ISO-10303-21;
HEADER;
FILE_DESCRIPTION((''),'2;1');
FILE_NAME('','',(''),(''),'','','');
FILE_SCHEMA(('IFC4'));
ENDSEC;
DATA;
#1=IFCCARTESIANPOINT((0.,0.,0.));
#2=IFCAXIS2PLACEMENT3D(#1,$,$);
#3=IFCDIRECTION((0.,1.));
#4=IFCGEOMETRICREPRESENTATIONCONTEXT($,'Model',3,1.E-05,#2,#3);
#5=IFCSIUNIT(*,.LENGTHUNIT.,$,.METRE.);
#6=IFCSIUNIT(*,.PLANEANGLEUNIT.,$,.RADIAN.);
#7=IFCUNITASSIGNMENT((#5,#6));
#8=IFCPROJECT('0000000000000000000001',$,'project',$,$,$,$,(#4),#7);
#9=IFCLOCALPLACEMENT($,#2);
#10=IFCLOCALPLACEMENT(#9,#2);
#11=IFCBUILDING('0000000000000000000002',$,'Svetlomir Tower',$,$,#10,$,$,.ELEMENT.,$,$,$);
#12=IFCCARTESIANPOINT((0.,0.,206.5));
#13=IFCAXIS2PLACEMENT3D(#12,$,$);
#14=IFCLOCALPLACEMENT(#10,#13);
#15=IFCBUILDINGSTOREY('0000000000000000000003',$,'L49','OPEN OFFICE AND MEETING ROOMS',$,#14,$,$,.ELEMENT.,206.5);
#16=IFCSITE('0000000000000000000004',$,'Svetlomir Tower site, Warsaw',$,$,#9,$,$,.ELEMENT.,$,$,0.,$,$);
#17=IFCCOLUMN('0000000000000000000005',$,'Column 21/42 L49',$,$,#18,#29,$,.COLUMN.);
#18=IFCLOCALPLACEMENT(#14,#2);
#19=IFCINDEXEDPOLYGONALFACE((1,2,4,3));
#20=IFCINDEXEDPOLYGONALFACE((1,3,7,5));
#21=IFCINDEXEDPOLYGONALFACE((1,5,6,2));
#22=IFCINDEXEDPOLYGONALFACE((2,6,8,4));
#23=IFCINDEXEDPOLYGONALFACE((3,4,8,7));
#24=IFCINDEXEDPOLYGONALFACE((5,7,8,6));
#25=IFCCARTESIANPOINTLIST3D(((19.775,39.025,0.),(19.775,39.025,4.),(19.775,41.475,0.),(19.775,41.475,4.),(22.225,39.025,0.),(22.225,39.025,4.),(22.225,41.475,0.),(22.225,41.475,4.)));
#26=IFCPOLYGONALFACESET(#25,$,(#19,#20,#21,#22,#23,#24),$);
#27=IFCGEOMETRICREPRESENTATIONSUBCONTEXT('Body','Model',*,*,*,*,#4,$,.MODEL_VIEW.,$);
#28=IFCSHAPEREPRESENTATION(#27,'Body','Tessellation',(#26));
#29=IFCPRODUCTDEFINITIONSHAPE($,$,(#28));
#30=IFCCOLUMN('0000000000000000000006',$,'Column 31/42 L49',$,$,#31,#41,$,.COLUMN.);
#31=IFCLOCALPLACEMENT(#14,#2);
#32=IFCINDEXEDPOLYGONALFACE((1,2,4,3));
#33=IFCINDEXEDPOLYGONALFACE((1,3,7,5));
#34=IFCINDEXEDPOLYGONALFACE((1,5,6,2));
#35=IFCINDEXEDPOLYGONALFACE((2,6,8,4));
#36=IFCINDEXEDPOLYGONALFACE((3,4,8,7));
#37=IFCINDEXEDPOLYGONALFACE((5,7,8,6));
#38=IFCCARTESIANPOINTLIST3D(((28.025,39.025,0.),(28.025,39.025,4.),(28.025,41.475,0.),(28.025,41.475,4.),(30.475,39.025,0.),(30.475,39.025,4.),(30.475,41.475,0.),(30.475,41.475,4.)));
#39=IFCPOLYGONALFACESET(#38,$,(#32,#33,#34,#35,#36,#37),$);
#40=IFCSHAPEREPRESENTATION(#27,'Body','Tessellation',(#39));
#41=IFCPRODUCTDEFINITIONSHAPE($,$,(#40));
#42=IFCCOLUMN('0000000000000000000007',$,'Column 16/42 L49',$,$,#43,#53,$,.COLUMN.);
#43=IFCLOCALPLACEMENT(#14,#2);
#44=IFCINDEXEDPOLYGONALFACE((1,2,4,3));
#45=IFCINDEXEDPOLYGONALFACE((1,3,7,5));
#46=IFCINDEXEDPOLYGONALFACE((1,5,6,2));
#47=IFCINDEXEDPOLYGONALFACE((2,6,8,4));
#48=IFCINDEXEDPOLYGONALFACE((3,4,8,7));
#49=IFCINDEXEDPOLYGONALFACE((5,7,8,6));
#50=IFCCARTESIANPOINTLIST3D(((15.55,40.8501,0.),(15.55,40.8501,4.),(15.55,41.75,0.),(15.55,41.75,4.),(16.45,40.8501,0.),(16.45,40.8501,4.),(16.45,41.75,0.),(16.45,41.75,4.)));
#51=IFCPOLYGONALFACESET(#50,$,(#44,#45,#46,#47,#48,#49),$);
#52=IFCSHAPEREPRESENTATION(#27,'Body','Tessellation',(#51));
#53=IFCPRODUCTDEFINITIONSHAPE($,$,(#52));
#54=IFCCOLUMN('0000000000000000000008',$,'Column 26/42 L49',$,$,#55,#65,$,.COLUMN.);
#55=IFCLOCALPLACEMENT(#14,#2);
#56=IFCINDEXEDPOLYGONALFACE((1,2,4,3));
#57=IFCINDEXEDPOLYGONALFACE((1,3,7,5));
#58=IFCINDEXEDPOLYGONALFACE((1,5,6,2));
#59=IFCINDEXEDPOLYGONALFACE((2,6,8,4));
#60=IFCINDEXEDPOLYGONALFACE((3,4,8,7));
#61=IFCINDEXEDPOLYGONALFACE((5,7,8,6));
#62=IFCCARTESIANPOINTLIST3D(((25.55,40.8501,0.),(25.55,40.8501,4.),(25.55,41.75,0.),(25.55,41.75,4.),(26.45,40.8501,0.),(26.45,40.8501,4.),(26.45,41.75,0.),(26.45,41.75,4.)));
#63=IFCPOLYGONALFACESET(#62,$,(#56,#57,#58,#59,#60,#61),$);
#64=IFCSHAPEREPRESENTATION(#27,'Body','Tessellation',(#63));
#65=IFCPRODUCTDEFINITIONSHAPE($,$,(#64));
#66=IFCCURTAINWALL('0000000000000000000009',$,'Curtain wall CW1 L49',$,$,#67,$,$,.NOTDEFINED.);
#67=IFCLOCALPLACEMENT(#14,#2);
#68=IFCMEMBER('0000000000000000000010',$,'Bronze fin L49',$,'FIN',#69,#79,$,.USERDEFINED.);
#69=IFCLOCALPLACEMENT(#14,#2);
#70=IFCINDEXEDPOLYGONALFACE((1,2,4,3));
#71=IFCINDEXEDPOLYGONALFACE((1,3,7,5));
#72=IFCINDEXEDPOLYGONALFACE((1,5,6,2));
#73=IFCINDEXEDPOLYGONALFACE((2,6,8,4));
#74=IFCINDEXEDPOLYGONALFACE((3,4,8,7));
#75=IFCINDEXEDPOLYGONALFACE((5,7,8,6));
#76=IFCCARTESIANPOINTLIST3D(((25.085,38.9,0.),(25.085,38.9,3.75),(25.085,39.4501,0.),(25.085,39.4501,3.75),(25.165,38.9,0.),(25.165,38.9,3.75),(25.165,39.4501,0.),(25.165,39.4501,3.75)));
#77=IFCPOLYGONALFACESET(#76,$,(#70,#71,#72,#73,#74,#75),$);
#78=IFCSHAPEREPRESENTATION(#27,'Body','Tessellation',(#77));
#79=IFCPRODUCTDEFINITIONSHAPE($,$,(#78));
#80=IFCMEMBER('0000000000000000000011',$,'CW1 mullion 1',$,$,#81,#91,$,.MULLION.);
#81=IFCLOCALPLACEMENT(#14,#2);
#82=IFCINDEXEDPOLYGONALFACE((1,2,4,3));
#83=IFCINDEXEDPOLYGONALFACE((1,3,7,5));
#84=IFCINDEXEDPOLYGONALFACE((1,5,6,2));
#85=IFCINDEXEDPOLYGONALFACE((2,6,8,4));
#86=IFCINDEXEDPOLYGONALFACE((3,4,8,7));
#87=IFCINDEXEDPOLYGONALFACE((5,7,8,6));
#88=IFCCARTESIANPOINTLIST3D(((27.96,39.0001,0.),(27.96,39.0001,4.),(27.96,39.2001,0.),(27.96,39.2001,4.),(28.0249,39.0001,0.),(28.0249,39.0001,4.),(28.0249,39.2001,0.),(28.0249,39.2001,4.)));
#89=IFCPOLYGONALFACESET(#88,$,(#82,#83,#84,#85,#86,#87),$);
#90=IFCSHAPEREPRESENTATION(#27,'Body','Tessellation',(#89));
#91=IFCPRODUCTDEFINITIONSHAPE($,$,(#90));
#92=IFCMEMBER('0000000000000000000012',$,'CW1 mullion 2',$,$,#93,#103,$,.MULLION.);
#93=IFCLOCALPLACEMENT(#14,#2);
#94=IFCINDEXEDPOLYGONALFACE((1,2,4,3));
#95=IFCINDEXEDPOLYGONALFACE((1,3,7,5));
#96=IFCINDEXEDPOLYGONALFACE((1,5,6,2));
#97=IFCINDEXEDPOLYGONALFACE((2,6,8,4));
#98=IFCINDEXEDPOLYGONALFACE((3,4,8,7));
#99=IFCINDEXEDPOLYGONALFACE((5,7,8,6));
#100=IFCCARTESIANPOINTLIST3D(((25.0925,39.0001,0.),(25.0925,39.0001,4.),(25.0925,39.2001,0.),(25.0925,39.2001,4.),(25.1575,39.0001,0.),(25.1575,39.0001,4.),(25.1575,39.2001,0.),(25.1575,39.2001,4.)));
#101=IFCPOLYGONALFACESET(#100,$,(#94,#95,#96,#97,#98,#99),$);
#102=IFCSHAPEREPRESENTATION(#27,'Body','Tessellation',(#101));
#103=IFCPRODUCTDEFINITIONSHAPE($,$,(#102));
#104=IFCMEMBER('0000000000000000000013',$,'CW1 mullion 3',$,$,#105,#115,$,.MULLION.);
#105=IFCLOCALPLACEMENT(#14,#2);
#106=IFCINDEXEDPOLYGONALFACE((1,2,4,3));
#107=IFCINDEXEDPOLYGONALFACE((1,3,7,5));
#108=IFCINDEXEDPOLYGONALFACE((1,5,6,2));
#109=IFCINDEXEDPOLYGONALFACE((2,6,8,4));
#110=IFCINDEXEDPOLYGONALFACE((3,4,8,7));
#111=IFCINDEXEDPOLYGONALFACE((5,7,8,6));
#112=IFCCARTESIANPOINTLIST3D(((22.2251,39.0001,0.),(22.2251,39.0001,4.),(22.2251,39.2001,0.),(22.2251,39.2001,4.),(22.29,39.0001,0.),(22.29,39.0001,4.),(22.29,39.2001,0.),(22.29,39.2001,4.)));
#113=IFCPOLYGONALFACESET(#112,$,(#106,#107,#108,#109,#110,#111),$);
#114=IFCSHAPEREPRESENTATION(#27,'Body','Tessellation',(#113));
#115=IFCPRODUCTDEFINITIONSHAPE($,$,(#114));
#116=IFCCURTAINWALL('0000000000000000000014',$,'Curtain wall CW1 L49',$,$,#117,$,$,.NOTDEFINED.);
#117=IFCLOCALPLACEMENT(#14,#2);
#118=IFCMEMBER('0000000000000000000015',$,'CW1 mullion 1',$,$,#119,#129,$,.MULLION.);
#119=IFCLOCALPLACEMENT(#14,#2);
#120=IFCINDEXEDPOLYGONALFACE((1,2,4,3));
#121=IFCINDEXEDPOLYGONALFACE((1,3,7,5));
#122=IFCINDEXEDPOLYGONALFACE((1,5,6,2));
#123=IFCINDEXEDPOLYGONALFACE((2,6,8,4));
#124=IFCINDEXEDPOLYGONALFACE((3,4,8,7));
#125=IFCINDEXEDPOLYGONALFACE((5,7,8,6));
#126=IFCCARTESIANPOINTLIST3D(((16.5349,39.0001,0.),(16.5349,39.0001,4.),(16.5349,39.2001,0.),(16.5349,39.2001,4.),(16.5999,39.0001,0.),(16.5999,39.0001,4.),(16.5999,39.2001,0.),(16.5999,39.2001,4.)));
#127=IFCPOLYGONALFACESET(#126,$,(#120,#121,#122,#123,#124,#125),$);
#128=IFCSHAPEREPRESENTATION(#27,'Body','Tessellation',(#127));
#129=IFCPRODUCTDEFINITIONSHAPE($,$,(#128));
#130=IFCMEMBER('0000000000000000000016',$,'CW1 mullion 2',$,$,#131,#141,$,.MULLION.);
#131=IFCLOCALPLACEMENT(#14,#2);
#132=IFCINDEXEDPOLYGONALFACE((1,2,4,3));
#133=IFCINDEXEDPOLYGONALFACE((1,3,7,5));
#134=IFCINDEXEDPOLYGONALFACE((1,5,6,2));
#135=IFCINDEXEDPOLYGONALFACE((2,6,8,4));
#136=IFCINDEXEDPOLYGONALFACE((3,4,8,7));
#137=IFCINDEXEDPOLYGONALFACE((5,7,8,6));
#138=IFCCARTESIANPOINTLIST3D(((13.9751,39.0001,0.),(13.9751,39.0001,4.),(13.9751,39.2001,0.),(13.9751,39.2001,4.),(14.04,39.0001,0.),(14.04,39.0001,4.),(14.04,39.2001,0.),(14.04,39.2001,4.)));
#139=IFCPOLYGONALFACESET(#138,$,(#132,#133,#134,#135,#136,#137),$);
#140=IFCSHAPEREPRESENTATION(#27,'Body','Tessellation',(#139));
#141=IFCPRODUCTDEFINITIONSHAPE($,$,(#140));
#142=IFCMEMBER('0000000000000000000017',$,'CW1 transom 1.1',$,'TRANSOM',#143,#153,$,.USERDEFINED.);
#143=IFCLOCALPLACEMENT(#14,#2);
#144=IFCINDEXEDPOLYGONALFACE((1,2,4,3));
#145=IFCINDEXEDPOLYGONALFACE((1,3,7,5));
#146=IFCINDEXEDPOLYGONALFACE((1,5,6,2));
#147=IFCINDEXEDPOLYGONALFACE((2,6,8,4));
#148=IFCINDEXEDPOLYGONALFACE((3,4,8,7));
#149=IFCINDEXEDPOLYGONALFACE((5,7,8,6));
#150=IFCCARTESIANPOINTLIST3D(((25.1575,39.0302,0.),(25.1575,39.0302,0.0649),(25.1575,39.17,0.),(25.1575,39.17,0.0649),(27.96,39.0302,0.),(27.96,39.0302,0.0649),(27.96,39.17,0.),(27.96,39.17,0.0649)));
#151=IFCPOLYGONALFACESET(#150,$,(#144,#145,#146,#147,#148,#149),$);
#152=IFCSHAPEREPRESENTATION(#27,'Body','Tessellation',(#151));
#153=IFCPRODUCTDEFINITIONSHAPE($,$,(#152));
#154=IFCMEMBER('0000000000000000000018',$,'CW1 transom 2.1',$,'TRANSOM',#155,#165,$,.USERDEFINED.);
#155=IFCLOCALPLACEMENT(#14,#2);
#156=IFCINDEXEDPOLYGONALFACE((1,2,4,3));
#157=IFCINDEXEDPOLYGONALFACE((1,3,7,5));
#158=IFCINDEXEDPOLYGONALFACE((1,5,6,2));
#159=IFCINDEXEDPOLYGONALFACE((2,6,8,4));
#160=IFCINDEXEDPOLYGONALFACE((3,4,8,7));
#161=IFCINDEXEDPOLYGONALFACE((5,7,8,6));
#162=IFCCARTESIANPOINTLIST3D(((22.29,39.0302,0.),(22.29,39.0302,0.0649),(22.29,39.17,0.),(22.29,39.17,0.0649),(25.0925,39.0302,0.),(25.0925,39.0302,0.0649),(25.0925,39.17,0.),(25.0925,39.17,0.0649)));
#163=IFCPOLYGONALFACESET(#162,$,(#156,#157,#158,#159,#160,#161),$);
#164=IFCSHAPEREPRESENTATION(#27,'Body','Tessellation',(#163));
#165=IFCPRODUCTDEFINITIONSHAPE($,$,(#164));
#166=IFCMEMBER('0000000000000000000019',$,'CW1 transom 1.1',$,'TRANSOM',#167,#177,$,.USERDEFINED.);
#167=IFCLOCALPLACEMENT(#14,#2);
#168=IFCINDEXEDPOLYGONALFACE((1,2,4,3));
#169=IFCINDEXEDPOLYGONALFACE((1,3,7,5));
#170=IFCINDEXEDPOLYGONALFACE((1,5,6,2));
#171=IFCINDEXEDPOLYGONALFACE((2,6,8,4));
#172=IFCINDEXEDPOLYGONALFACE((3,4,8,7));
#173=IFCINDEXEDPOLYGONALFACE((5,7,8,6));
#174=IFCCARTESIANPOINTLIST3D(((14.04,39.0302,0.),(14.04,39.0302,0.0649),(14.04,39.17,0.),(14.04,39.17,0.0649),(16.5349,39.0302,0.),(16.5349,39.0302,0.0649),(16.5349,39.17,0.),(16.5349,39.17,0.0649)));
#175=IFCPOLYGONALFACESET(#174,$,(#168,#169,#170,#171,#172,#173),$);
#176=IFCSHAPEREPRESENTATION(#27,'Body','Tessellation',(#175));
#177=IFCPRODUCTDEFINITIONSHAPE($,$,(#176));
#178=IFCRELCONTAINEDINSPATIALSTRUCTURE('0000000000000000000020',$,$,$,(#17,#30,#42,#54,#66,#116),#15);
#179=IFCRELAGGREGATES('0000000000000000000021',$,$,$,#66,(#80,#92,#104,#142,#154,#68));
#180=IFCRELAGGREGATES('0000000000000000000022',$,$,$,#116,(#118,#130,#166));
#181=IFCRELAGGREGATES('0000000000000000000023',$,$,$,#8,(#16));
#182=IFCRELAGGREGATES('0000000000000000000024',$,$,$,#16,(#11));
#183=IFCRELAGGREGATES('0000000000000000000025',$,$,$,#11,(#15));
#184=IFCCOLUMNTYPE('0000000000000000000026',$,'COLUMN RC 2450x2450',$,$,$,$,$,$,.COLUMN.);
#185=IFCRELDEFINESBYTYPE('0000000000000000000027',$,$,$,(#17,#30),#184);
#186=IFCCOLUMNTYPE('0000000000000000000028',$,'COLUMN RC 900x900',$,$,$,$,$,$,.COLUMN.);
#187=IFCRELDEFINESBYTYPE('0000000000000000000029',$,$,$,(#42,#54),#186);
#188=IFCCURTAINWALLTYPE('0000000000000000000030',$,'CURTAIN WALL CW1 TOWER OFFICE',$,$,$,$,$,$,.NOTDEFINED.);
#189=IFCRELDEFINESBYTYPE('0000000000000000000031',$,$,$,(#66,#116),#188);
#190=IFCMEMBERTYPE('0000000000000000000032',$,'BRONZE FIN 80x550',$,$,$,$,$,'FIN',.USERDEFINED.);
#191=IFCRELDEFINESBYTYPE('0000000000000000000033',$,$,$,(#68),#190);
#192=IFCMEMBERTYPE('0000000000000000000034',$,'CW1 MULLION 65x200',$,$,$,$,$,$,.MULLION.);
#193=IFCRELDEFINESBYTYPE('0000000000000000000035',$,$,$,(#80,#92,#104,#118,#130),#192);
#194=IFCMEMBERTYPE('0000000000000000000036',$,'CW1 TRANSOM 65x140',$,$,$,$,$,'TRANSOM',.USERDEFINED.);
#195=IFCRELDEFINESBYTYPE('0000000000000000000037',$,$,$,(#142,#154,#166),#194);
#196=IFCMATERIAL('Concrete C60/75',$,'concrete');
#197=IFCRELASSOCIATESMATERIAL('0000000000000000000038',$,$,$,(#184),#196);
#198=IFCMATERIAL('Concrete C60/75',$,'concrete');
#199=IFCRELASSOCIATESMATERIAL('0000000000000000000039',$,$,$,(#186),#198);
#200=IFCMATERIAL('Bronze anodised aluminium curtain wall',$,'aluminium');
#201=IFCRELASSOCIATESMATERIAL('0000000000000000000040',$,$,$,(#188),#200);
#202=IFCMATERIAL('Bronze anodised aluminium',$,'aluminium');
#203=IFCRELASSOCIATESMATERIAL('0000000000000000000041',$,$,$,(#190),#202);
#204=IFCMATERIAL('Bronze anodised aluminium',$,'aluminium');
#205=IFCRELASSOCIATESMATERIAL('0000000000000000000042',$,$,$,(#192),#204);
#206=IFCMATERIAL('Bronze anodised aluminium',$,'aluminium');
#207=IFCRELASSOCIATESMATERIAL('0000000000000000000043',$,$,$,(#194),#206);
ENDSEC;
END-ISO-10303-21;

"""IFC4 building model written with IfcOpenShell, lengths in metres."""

from ifc_helpers import new_model, si_unit, direction, frame, origin, origin_2d, place, context, subcontext, project, spatial, rectangle, extrude, material, material_profile, profile_set, type_object, element, aggregate, save


model = new_model("IFC4")

# Units and contexts
model_context = context("Model", 3, precision=1e-05, world=origin(), true_north=direction((0.0, 1.0)))
body_context = subcontext(model_context, "Body", "Model", "MODEL_VIEW")
ifc_project = project(units=[si_unit("LENGTHUNIT", "METRE"), si_unit("PLANEANGLEUNIT", "RADIAN")], contexts=[model_context])

# Site, building, storey
site_placement = place(None, origin())
site = spatial("IfcSite", under=ifc_project, at=site_placement, Name="Svetlomir Tower site, Warsaw", CompositionType="ELEMENT", RefElevation=0.0)
building_placement = place(site_placement, origin())
building = spatial("IfcBuilding", under=site, at=building_placement, Name="Svetlomir Tower", CompositionType="ELEMENT")
storey_placement = place(building_placement, frame((0.0, 0.0, 206.5)))
storey = spatial("IfcBuildingStorey", under=building, at=storey_placement, Name="L49", Description="OPEN OFFICE AND MEETING ROOMS", CompositionType="ELEMENT", Elevation=206.5)

# Columns
ifc_material_1 = material(Name="Concrete C60/75", Category="concrete")
ifc_material_profile_1 = material_profile(ifc_material_1, rectangle(XDim=2.45, YDim=2.45, at=origin_2d()), Name="RC 2450x2450")
ifc_profile_set_1 = profile_set([ifc_material_profile_1], Name="Concrete C60/75")
column_type_1 = type_object("IfcColumnType", Name="COLUMN RC 2450x2450", PredefinedType="COLUMN", material=ifc_profile_set_1)
for number, where, z_axis, x_axis, name in (
    (1, (21.0, 40.25, 0.0), (0.0, 0.0, 1.0), (1.0, 0.0, 0.0), "Column 21/42 L49"),
    (2, (29.25, 40.25, 0.0), (0.0, 0.0, 1.0), (1.0, 0.0, 0.0), "Column 31/42 L49"),
):
    element("IfcColumn", number, at=place(storey_placement, frame(where, z_axis=z_axis, x_axis=x_axis)), inside=storey, type_object=column_type_1, Name=name, PredefinedType="COLUMN", context=body_context, shape_type="SweptSolid", body=[
        extrude(rectangle(XDim=2.45, YDim=2.45, at=origin_2d()), origin(), (0.0, 0.0, 1.0), 4.0),
    ])
ifc_material_2 = material(Name="Concrete C60/75", Category="concrete")
ifc_material_profile_2 = material_profile(ifc_material_2, rectangle(XDim=0.8999, YDim=0.8999, at=origin_2d()), Name="RC 900x900")
ifc_profile_set_2 = profile_set([ifc_material_profile_2], Name="Concrete C60/75")
column_type_2 = type_object("IfcColumnType", Name="COLUMN RC 900x900", PredefinedType="COLUMN", material=ifc_profile_set_2)
for number, where, z_axis, x_axis, name in (
    (3, (16.0, 41.3, 0.0), (0.0, 0.0, 1.0), (1.0, 0.0, 0.0), "Column 16/42 L49"),
    (4, (26.0, 41.3, 0.0), (0.0, 0.0, 1.0), (1.0, 0.0, 0.0), "Column 26/42 L49"),
):
    element("IfcColumn", number, at=place(storey_placement, frame(where, z_axis=z_axis, x_axis=x_axis)), inside=storey, type_object=column_type_2, Name=name, PredefinedType="COLUMN", context=body_context, shape_type="SweptSolid", body=[
        extrude(rectangle(XDim=0.8999, YDim=0.8999, at=origin_2d()), origin(), (0.0, 0.0, 1.0), 4.0),
    ])

# Curtain walls, members
ifc_material_3 = material(Name="Bronze anodised aluminium curtain wall", Category="aluminium")
curtain_wall_type = type_object("IfcCurtainWallType", Name="CURTAIN WALL CW1 TOWER OFFICE", PredefinedType="NOTDEFINED", material=ifc_material_3)
curtain_wall_1_placement = place(storey_placement, origin())
curtain_wall_1 = element("IfcCurtainWall", 5, at=curtain_wall_1_placement, inside=storey, type_object=curtain_wall_type, Name="Curtain wall CW1 L49", PredefinedType="NOTDEFINED")
ifc_material_4 = material(Name="Bronze anodised aluminium", Category="aluminium")
ifc_material_profile_3 = material_profile(ifc_material_4, rectangle(XDim=0.0801, YDim=0.55, at=origin_2d()), Name="FIN 80x550")
ifc_profile_set_3 = profile_set([ifc_material_profile_3], Name="Bronze anodised aluminium 6063-T6")
member_type_1 = type_object("IfcMemberType", Name="BRONZE FIN 80x550", ElementType="FIN", PredefinedType="USERDEFINED", material=ifc_profile_set_3)
member_1_placement = place(storey_placement, frame((25.125, 39.175, 0.0), z_axis=(0.0, 0.0, 1.0), x_axis=(1.0, 0.0, 0.0)))
member_1 = element("IfcMember", 6, at=member_1_placement, type_object=member_type_1, Name="Bronze fin L49", ObjectType="FIN", PredefinedType="USERDEFINED", context=body_context, shape_type="SweptSolid", body=[
    extrude(rectangle(XDim=0.0801, YDim=0.55, at=origin_2d()), origin(), (0.0, 0.0, 1.0), 3.75),
])
ifc_material_5 = material(Name="Bronze anodised aluminium", Category="aluminium")
ifc_material_profile_4 = material_profile(ifc_material_5, rectangle(XDim=0.0649, YDim=0.2, at=origin_2d()), Name="AL 65x200")
ifc_profile_set_4 = profile_set([ifc_material_profile_4], Name="Bronze anodised aluminium 6063-T6")
member_type_2 = type_object("IfcMemberType", Name="CW1 MULLION 65x200", PredefinedType="MULLION", material=ifc_profile_set_4)
member_2_placement = place(storey_placement, frame((27.9924, 39.1001, 0.0), z_axis=(0.0, 0.0, 1.0), x_axis=(-1.0, 0.0, 0.0)))
member_2 = element("IfcMember", 7, at=member_2_placement, type_object=member_type_2, Name="CW1 mullion 1", PredefinedType="MULLION", context=body_context, shape_type="SweptSolid", body=[
    extrude(rectangle(XDim=0.0649, YDim=0.2, at=origin_2d()), origin(), (0.0, 0.0, 1.0), 4.0),
])
member_3_placement = place(storey_placement, frame((25.125, 39.1001, 0.0), z_axis=(0.0, 0.0, 1.0), x_axis=(-1.0, 0.0, 0.0)))
member_3 = element("IfcMember", 8, at=member_3_placement, type_object=member_type_2, Name="CW1 mullion 2", PredefinedType="MULLION", context=body_context, shape_type="SweptSolid", body=[
    extrude(rectangle(XDim=0.0649, YDim=0.2, at=origin_2d()), origin(), (0.0, 0.0, 1.0), 4.0),
])
member_4_placement = place(storey_placement, frame((22.2576, 39.1001, 0.0), z_axis=(0.0, 0.0, 1.0), x_axis=(-1.0, 0.0, 0.0)))
member_4 = element("IfcMember", 9, at=member_4_placement, type_object=member_type_2, Name="CW1 mullion 3", PredefinedType="MULLION", context=body_context, shape_type="SweptSolid", body=[
    extrude(rectangle(XDim=0.0649, YDim=0.2, at=origin_2d()), origin(), (0.0, 0.0, 1.0), 4.0),
])
curtain_wall_2_placement = place(storey_placement, origin())
curtain_wall_2 = element("IfcCurtainWall", 10, at=curtain_wall_2_placement, inside=storey, type_object=curtain_wall_type, Name="Curtain wall CW1 L49", PredefinedType="NOTDEFINED")
member_5_placement = place(storey_placement, frame((16.5674, 39.1001, 0.0), z_axis=(0.0, 0.0, 1.0), x_axis=(-1.0, 0.0, 0.0)))
member_5 = element("IfcMember", 11, at=member_5_placement, type_object=member_type_2, Name="CW1 mullion 1", PredefinedType="MULLION", context=body_context, shape_type="SweptSolid", body=[
    extrude(rectangle(XDim=0.0649, YDim=0.2, at=origin_2d()), origin(), (0.0, 0.0, 1.0), 4.0),
])
member_6_placement = place(storey_placement, frame((14.0076, 39.1001, 0.0), z_axis=(0.0, 0.0, 1.0), x_axis=(-1.0, 0.0, 0.0)))
member_6 = element("IfcMember", 12, at=member_6_placement, type_object=member_type_2, Name="CW1 mullion 2", PredefinedType="MULLION", context=body_context, shape_type="SweptSolid", body=[
    extrude(rectangle(XDim=0.0649, YDim=0.2, at=origin_2d()), origin(), (0.0, 0.0, 1.0), 4.0),
])

# Members
ifc_material_6 = material(Name="Bronze anodised aluminium", Category="aluminium")
ifc_material_profile_5 = material_profile(ifc_material_6, rectangle(XDim=0.1399, YDim=0.0649, at=origin_2d()), Name="AL 140x65")
ifc_profile_set_5 = profile_set([ifc_material_profile_5], Name="Bronze anodised aluminium 6063-T6")
member_type_3 = type_object("IfcMemberType", Name="CW1 TRANSOM 65x140", ElementType="TRANSOM", PredefinedType="USERDEFINED", material=ifc_profile_set_5)
member_7_placement = place(storey_placement, frame((27.96, 39.1001, 0.0325), z_axis=(-1.0, 0.0, 0.0), x_axis=(0.0, -1.0, 0.0)))
member_7 = element("IfcMember", 13, at=member_7_placement, type_object=member_type_3, Name="CW1 transom 1.1", ObjectType="TRANSOM", PredefinedType="USERDEFINED", context=body_context, shape_type="SweptSolid", body=[
    extrude(rectangle(XDim=0.1399, YDim=0.0649, at=origin_2d()), origin(), (0.0, 0.0, 1.0), 2.8025),
])
member_8_placement = place(storey_placement, frame((25.0925, 39.1001, 0.0325), z_axis=(-1.0, 0.0, 0.0), x_axis=(0.0, -1.0, 0.0)))
member_8 = element("IfcMember", 14, at=member_8_placement, type_object=member_type_3, Name="CW1 transom 2.1", ObjectType="TRANSOM", PredefinedType="USERDEFINED", context=body_context, shape_type="SweptSolid", body=[
    extrude(rectangle(XDim=0.1399, YDim=0.0649, at=origin_2d()), origin(), (0.0, 0.0, 1.0), 2.8025),
])
member_9_placement = place(storey_placement, frame((16.5349, 39.1001, 0.0325), z_axis=(-1.0, 0.0, 0.0), x_axis=(0.0, -1.0, 0.0)))
member_9 = element("IfcMember", 15, at=member_9_placement, type_object=member_type_3, Name="CW1 transom 1.1", ObjectType="TRANSOM", PredefinedType="USERDEFINED", context=body_context, shape_type="SweptSolid", body=[
    extrude(rectangle(XDim=0.1399, YDim=0.0649, at=origin_2d()), origin(), (0.0, 0.0, 1.0), 2.4949),
])

aggregate(curtain_wall_1, [member_2, member_3, member_4, member_7, member_8, member_1])
aggregate(curtain_wall_2, [member_5, member_6, member_9])

save(model, "model.ifc")
